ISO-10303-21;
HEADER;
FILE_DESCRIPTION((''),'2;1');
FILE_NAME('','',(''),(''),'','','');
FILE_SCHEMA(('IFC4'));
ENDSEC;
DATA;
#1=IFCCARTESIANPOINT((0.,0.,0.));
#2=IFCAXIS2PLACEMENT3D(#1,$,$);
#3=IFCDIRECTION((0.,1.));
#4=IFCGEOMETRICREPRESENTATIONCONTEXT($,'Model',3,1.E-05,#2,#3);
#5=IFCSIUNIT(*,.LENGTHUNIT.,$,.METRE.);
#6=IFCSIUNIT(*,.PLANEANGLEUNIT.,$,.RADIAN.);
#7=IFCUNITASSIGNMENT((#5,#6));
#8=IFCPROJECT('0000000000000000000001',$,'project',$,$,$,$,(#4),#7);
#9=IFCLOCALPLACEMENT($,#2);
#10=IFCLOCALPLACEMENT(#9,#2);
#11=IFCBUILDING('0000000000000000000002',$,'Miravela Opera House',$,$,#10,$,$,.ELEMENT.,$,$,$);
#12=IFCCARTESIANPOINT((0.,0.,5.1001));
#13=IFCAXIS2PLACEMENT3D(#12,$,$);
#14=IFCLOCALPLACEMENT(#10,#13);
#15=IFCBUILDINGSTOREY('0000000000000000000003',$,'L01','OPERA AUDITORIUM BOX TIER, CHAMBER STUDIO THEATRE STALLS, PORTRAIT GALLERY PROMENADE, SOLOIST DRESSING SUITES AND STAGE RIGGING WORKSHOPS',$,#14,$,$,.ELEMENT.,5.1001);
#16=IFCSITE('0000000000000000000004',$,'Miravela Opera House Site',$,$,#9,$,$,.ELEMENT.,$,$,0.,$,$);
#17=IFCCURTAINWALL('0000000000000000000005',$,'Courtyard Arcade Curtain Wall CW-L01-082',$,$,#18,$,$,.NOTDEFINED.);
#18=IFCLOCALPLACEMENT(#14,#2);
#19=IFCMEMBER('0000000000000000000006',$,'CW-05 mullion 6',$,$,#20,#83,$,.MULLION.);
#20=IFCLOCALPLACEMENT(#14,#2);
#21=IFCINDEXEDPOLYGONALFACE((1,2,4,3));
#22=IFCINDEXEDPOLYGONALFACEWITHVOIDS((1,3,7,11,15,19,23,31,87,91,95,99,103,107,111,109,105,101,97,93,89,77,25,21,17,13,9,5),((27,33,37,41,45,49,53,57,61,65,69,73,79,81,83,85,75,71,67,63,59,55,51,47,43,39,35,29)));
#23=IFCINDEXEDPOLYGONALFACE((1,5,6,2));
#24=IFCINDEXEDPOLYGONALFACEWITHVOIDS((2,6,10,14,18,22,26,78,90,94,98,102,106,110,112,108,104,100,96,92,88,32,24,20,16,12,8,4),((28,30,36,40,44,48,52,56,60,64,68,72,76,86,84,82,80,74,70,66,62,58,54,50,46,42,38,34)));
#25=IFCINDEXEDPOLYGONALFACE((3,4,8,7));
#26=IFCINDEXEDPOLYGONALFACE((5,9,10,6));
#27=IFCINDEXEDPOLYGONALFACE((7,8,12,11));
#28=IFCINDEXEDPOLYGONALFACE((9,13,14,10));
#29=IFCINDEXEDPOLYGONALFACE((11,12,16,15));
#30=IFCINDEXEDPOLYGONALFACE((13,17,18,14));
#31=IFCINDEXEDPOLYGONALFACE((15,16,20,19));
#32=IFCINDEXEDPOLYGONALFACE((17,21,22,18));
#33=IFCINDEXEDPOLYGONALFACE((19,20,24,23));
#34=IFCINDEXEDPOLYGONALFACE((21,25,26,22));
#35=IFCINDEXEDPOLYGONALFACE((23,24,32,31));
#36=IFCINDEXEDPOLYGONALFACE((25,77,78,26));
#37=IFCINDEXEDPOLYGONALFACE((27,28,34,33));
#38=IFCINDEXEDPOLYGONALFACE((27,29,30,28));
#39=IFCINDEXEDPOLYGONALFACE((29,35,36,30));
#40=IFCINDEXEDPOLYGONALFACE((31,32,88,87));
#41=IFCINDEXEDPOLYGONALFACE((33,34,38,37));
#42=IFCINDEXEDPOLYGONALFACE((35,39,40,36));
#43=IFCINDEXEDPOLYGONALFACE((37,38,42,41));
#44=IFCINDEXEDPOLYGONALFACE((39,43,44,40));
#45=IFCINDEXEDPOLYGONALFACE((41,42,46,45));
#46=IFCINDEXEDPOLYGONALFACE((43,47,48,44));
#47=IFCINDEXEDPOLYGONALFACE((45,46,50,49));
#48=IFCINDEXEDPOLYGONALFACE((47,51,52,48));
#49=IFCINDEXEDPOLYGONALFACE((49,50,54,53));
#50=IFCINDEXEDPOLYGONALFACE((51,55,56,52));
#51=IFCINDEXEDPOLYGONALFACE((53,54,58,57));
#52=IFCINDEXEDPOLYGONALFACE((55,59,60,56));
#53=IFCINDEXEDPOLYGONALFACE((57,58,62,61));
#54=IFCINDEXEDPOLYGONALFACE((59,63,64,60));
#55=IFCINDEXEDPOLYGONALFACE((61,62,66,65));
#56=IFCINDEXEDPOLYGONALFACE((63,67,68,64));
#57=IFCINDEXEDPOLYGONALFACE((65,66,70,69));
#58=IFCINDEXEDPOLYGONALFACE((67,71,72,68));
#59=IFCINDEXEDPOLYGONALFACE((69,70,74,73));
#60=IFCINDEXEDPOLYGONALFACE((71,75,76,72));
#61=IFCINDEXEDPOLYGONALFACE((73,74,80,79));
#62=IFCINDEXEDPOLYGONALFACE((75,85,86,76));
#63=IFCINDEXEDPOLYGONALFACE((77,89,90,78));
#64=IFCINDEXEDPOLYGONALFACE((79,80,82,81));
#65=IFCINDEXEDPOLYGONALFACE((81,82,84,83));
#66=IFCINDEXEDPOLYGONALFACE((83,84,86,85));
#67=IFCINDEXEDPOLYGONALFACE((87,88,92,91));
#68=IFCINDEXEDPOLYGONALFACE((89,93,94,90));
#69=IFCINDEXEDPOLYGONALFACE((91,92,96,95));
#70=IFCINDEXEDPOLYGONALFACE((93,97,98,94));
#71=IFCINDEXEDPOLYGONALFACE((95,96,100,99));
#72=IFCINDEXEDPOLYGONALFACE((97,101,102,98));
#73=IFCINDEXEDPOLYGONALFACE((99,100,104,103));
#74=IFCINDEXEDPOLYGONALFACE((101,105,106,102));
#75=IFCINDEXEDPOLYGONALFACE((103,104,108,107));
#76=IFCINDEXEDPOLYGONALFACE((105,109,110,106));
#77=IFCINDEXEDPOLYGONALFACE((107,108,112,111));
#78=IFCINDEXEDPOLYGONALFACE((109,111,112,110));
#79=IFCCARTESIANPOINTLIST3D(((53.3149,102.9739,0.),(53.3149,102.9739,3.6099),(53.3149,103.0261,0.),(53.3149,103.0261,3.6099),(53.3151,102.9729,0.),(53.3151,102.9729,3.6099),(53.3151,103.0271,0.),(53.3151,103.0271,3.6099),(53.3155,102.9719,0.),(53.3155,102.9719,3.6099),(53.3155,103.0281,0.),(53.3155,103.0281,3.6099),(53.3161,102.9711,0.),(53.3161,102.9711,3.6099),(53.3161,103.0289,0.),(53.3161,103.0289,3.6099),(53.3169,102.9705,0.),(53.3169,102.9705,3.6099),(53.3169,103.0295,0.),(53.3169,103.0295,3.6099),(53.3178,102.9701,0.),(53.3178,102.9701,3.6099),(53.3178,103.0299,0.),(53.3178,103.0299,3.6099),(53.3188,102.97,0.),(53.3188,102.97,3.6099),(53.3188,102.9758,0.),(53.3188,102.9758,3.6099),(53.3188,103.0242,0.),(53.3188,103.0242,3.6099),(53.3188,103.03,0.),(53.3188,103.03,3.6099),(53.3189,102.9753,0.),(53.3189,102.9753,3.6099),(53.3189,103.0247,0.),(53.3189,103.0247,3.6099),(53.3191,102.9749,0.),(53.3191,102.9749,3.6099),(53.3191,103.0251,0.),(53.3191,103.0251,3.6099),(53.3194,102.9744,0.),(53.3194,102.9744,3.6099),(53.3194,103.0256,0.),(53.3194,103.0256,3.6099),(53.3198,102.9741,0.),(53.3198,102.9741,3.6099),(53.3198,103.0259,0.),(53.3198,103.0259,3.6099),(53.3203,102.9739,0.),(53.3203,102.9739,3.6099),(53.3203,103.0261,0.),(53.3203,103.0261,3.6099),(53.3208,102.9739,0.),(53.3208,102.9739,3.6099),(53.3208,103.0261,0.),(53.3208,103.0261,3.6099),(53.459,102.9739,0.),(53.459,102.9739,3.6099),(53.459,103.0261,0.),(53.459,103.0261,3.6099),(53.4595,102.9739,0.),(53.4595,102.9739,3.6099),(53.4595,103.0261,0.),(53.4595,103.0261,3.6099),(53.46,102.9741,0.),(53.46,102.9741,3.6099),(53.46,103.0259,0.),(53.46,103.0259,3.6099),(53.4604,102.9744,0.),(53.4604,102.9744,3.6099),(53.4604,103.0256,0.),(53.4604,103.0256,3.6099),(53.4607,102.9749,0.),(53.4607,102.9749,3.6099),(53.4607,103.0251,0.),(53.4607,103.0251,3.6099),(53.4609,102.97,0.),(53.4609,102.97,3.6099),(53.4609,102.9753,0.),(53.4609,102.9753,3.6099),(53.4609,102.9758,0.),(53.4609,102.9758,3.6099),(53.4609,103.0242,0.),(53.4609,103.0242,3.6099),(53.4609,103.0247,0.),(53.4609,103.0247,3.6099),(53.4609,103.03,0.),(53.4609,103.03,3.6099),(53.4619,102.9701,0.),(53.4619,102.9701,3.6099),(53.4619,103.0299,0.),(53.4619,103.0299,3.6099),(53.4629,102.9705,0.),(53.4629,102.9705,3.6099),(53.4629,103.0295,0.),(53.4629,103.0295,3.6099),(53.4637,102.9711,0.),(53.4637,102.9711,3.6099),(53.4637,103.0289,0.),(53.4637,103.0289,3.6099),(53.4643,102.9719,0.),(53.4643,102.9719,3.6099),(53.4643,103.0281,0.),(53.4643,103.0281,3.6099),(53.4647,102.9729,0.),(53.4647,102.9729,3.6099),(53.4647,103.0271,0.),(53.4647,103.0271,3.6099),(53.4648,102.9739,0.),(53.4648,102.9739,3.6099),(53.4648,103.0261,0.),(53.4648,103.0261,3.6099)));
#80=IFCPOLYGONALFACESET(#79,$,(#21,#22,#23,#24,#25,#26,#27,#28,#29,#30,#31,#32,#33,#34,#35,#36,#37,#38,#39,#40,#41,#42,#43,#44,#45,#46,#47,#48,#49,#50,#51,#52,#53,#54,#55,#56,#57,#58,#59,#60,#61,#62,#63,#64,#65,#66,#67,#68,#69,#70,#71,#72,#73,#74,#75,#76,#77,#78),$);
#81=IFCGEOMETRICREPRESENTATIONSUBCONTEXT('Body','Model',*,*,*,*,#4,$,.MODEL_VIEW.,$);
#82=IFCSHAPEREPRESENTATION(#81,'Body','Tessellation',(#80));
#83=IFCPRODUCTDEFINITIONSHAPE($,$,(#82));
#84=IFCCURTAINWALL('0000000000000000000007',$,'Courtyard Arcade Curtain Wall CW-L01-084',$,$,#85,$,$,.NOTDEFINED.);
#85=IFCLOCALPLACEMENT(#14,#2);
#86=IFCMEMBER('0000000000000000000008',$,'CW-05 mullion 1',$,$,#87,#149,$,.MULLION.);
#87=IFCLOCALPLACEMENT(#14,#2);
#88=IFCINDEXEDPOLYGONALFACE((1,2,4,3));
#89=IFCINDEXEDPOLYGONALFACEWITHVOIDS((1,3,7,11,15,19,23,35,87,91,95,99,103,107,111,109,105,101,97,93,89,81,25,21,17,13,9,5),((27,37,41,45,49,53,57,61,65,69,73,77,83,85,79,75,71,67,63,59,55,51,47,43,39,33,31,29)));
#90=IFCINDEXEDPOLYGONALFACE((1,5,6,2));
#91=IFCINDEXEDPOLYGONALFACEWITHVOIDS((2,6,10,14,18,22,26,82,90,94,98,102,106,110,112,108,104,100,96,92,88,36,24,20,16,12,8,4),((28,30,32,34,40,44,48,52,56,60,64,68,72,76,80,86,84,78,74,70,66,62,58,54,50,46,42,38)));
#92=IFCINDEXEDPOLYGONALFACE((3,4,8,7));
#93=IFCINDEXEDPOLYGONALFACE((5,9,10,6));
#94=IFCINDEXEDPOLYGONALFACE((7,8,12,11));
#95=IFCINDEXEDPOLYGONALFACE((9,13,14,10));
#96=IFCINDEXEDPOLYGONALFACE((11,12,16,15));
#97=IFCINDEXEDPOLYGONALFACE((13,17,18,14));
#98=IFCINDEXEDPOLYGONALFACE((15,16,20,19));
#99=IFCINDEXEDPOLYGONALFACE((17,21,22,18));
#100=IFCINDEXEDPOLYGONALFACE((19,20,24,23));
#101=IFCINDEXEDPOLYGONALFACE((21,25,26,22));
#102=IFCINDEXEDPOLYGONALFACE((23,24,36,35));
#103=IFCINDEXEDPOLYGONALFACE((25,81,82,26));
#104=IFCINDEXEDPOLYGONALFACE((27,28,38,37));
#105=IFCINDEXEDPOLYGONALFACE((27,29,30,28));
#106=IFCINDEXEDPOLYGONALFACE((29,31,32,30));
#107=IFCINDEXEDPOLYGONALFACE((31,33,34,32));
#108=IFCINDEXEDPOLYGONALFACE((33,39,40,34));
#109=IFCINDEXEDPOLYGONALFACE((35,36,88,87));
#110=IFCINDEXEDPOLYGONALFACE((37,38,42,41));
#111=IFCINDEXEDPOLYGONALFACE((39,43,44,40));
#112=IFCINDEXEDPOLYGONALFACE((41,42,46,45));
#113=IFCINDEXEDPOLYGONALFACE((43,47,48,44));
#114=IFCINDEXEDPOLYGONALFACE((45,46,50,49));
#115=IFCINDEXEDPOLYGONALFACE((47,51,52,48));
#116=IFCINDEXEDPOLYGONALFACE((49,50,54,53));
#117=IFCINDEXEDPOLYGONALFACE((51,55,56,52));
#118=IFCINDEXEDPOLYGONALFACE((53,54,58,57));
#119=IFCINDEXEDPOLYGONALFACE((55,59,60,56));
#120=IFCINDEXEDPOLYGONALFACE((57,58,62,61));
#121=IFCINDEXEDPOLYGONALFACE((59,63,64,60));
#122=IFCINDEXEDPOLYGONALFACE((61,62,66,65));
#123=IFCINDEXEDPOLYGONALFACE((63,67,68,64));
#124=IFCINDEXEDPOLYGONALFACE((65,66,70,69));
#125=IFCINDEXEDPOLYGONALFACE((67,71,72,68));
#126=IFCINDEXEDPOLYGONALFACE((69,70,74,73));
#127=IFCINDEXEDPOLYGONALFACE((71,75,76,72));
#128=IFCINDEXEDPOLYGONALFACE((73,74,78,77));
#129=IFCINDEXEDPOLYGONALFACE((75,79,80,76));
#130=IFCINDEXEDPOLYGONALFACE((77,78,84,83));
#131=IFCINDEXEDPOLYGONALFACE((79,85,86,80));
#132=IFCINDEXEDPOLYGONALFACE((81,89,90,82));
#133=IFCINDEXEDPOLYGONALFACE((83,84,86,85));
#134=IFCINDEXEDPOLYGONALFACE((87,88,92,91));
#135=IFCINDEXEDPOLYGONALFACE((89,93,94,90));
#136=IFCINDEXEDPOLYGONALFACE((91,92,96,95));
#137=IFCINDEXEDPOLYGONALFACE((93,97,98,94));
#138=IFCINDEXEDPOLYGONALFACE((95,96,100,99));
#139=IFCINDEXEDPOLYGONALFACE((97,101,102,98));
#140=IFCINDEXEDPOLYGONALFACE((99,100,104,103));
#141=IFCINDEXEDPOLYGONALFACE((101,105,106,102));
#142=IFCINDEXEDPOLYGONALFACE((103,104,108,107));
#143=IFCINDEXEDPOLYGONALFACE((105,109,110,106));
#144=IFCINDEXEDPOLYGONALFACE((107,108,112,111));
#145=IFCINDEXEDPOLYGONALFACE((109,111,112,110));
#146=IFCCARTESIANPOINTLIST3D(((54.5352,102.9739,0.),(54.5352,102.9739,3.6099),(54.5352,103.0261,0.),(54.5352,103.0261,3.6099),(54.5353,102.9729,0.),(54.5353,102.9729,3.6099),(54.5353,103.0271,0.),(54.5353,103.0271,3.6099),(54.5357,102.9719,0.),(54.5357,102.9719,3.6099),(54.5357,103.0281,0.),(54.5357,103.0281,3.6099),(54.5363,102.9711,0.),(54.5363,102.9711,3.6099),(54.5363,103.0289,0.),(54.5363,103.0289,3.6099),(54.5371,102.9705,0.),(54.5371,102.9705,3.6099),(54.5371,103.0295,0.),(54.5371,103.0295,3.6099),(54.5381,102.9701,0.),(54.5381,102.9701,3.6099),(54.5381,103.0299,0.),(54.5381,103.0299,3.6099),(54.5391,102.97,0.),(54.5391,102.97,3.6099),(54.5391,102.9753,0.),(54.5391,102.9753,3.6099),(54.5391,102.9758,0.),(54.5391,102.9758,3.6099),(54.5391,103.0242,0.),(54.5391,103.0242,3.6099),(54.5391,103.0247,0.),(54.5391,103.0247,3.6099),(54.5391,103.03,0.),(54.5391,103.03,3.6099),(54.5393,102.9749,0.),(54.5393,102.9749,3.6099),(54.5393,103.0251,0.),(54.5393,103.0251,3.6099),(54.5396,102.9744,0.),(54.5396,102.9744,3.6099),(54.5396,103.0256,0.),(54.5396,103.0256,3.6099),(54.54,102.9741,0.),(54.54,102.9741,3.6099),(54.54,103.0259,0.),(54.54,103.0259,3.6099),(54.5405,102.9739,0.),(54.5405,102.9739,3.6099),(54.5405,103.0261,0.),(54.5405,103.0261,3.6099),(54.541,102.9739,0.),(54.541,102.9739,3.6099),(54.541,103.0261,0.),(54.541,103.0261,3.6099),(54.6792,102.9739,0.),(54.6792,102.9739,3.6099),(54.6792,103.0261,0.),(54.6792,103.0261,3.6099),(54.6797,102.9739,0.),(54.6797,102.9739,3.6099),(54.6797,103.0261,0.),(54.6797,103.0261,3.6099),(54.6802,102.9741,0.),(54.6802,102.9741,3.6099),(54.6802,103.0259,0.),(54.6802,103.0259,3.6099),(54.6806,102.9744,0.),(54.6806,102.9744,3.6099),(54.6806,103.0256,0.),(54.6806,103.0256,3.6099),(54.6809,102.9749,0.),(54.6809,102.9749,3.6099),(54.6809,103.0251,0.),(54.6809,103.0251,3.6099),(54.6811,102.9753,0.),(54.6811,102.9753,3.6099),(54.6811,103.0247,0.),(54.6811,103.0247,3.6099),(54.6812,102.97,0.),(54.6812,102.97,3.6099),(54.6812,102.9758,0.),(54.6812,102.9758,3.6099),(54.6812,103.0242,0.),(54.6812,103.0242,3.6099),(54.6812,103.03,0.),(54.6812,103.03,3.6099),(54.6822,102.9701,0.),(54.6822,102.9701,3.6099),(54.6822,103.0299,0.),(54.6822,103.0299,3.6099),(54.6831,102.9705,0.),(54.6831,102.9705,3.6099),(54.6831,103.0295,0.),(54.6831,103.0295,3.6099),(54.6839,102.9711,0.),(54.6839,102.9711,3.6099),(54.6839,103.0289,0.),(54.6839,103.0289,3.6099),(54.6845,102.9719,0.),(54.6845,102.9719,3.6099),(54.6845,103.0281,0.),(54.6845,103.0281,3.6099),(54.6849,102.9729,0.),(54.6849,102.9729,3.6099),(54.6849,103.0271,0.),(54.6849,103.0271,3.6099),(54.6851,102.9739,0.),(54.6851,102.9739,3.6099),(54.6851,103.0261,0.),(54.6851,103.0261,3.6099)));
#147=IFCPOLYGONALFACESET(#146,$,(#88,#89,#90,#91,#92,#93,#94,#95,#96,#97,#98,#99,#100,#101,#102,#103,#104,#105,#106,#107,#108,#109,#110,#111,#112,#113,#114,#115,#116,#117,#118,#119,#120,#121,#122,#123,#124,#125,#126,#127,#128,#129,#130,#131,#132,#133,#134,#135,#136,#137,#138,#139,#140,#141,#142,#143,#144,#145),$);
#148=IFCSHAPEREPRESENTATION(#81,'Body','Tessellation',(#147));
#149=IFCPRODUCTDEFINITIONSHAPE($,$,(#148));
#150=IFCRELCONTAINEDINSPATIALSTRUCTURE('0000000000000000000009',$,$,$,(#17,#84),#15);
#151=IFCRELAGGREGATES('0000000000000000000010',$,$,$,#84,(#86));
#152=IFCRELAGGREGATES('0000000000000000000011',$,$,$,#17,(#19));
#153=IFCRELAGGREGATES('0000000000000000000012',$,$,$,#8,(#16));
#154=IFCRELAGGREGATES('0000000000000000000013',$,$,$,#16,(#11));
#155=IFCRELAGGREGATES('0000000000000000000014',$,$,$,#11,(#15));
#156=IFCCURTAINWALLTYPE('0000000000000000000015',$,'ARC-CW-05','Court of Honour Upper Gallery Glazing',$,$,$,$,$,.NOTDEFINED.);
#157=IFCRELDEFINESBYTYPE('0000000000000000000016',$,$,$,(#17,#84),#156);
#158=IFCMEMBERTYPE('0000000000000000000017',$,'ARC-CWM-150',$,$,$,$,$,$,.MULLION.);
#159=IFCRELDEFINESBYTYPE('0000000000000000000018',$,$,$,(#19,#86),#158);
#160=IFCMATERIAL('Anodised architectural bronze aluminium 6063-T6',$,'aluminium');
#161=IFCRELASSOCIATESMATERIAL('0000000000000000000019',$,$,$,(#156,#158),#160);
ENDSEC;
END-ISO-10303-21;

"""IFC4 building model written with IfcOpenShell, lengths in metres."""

from ifc_helpers import new_model, si_unit, direction, frame, origin, origin_2d, place, context, subcontext, project, spatial, hollow_rectangle, extrude, material, material_profile, profile_set, type_object, element, aggregate, save


model = new_model("IFC4")

# Units and contexts
model_context = context("Model", 3, precision=1e-05, world=origin(), true_north=direction((0.0, 1.0)))
body_context = subcontext(model_context, "Body", "Model", "MODEL_VIEW")
ifc_project = project(units=[si_unit("LENGTHUNIT", "METRE"), si_unit("PLANEANGLEUNIT", "RADIAN")], contexts=[model_context])

# Site, building, storey
site_placement = place(None, origin())
site = spatial("IfcSite", under=ifc_project, at=site_placement, Name="Miravela Opera House Site", CompositionType="ELEMENT", RefElevation=0.0)
building_placement = place(site_placement, origin())
building = spatial("IfcBuilding", under=site, at=building_placement, Name="Miravela Opera House", CompositionType="ELEMENT")
storey_placement = place(building_placement, frame((0.0, 0.0, 5.1001)))
storey = spatial("IfcBuildingStorey", under=building, at=storey_placement, Name="L01", Description="OPERA AUDITORIUM BOX TIER, CHAMBER STUDIO THEATRE STALLS, PORTRAIT GALLERY PROMENADE, SOLOIST DRESSING SUITES AND STAGE RIGGING WORKSHOPS", CompositionType="ELEMENT", Elevation=5.1001)

# Curtain wall, member
ifc_material_1 = material(Name="Anodised architectural bronze aluminium 6063-T6", Category="aluminium")
curtain_wall_type = type_object("IfcCurtainWallType", Name="ARC-CW-05", Description="Court of Honour Upper Gallery Glazing", PredefinedType="NOTDEFINED", material=ifc_material_1)
curtain_wall_1_placement = place(storey_placement, origin())
curtain_wall_1 = element("IfcCurtainWall", 1, at=curtain_wall_1_placement, inside=storey, type_object=curtain_wall_type, Name="Courtyard Arcade Curtain Wall CW-L01-082", PredefinedType="NOTDEFINED")
ifc_material_profile_1 = material_profile(ifc_material_1, hollow_rectangle(XDim=0.0601, YDim=0.1499, WallThickness=0.0039, InnerFilletRadius=0.002, OuterFilletRadius=0.0039, at=origin_2d()), Name="CWM-60X150")
ifc_profile_set_1 = profile_set([ifc_material_profile_1])
member_type_1 = type_object("IfcMemberType", Name="ARC-CWM-150", PredefinedType="MULLION", material=ifc_profile_set_1)
member_1_placement = place(storey_placement, frame((53.3899, 103.0, 0.0), z_axis=(0.0, 0.0, 1.0), x_axis=(0.0, 1.0, 0.0)))
member_1 = element("IfcMember", 2, at=member_1_placement, type_object=member_type_1, Name="CW-05 mullion 6", PredefinedType="MULLION", context=body_context, shape_type="SweptSolid", body=[
    extrude(hollow_rectangle(XDim=0.0601, YDim=0.1499, WallThickness=0.0039, InnerFilletRadius=0.002, OuterFilletRadius=0.0039, at=origin_2d()), origin(), (0.0, 0.0, 1.0), 3.6099),
])

# Curtain wall, member
curtain_wall_2_placement = place(storey_placement, origin())
curtain_wall_2 = element("IfcCurtainWall", 3, at=curtain_wall_2_placement, inside=storey, type_object=curtain_wall_type, Name="Courtyard Arcade Curtain Wall CW-L01-084", PredefinedType="NOTDEFINED")
member_2_placement = place(storey_placement, frame((54.6101, 103.0, 0.0), z_axis=(0.0, 0.0, 1.0), x_axis=(0.0, 1.0, 0.0)))
member_2 = element("IfcMember", 4, at=member_2_placement, type_object=member_type_1, Name="CW-05 mullion 1", PredefinedType="MULLION", context=body_context, shape_type="SweptSolid", body=[
    extrude(hollow_rectangle(XDim=0.0601, YDim=0.1499, WallThickness=0.0039, InnerFilletRadius=0.002, OuterFilletRadius=0.0039, at=origin_2d()), origin(), (0.0, 0.0, 1.0), 3.6099),
])

aggregate(curtain_wall_2, [member_2])

aggregate(curtain_wall_1, [member_1])

save(model, "model.ifc")
